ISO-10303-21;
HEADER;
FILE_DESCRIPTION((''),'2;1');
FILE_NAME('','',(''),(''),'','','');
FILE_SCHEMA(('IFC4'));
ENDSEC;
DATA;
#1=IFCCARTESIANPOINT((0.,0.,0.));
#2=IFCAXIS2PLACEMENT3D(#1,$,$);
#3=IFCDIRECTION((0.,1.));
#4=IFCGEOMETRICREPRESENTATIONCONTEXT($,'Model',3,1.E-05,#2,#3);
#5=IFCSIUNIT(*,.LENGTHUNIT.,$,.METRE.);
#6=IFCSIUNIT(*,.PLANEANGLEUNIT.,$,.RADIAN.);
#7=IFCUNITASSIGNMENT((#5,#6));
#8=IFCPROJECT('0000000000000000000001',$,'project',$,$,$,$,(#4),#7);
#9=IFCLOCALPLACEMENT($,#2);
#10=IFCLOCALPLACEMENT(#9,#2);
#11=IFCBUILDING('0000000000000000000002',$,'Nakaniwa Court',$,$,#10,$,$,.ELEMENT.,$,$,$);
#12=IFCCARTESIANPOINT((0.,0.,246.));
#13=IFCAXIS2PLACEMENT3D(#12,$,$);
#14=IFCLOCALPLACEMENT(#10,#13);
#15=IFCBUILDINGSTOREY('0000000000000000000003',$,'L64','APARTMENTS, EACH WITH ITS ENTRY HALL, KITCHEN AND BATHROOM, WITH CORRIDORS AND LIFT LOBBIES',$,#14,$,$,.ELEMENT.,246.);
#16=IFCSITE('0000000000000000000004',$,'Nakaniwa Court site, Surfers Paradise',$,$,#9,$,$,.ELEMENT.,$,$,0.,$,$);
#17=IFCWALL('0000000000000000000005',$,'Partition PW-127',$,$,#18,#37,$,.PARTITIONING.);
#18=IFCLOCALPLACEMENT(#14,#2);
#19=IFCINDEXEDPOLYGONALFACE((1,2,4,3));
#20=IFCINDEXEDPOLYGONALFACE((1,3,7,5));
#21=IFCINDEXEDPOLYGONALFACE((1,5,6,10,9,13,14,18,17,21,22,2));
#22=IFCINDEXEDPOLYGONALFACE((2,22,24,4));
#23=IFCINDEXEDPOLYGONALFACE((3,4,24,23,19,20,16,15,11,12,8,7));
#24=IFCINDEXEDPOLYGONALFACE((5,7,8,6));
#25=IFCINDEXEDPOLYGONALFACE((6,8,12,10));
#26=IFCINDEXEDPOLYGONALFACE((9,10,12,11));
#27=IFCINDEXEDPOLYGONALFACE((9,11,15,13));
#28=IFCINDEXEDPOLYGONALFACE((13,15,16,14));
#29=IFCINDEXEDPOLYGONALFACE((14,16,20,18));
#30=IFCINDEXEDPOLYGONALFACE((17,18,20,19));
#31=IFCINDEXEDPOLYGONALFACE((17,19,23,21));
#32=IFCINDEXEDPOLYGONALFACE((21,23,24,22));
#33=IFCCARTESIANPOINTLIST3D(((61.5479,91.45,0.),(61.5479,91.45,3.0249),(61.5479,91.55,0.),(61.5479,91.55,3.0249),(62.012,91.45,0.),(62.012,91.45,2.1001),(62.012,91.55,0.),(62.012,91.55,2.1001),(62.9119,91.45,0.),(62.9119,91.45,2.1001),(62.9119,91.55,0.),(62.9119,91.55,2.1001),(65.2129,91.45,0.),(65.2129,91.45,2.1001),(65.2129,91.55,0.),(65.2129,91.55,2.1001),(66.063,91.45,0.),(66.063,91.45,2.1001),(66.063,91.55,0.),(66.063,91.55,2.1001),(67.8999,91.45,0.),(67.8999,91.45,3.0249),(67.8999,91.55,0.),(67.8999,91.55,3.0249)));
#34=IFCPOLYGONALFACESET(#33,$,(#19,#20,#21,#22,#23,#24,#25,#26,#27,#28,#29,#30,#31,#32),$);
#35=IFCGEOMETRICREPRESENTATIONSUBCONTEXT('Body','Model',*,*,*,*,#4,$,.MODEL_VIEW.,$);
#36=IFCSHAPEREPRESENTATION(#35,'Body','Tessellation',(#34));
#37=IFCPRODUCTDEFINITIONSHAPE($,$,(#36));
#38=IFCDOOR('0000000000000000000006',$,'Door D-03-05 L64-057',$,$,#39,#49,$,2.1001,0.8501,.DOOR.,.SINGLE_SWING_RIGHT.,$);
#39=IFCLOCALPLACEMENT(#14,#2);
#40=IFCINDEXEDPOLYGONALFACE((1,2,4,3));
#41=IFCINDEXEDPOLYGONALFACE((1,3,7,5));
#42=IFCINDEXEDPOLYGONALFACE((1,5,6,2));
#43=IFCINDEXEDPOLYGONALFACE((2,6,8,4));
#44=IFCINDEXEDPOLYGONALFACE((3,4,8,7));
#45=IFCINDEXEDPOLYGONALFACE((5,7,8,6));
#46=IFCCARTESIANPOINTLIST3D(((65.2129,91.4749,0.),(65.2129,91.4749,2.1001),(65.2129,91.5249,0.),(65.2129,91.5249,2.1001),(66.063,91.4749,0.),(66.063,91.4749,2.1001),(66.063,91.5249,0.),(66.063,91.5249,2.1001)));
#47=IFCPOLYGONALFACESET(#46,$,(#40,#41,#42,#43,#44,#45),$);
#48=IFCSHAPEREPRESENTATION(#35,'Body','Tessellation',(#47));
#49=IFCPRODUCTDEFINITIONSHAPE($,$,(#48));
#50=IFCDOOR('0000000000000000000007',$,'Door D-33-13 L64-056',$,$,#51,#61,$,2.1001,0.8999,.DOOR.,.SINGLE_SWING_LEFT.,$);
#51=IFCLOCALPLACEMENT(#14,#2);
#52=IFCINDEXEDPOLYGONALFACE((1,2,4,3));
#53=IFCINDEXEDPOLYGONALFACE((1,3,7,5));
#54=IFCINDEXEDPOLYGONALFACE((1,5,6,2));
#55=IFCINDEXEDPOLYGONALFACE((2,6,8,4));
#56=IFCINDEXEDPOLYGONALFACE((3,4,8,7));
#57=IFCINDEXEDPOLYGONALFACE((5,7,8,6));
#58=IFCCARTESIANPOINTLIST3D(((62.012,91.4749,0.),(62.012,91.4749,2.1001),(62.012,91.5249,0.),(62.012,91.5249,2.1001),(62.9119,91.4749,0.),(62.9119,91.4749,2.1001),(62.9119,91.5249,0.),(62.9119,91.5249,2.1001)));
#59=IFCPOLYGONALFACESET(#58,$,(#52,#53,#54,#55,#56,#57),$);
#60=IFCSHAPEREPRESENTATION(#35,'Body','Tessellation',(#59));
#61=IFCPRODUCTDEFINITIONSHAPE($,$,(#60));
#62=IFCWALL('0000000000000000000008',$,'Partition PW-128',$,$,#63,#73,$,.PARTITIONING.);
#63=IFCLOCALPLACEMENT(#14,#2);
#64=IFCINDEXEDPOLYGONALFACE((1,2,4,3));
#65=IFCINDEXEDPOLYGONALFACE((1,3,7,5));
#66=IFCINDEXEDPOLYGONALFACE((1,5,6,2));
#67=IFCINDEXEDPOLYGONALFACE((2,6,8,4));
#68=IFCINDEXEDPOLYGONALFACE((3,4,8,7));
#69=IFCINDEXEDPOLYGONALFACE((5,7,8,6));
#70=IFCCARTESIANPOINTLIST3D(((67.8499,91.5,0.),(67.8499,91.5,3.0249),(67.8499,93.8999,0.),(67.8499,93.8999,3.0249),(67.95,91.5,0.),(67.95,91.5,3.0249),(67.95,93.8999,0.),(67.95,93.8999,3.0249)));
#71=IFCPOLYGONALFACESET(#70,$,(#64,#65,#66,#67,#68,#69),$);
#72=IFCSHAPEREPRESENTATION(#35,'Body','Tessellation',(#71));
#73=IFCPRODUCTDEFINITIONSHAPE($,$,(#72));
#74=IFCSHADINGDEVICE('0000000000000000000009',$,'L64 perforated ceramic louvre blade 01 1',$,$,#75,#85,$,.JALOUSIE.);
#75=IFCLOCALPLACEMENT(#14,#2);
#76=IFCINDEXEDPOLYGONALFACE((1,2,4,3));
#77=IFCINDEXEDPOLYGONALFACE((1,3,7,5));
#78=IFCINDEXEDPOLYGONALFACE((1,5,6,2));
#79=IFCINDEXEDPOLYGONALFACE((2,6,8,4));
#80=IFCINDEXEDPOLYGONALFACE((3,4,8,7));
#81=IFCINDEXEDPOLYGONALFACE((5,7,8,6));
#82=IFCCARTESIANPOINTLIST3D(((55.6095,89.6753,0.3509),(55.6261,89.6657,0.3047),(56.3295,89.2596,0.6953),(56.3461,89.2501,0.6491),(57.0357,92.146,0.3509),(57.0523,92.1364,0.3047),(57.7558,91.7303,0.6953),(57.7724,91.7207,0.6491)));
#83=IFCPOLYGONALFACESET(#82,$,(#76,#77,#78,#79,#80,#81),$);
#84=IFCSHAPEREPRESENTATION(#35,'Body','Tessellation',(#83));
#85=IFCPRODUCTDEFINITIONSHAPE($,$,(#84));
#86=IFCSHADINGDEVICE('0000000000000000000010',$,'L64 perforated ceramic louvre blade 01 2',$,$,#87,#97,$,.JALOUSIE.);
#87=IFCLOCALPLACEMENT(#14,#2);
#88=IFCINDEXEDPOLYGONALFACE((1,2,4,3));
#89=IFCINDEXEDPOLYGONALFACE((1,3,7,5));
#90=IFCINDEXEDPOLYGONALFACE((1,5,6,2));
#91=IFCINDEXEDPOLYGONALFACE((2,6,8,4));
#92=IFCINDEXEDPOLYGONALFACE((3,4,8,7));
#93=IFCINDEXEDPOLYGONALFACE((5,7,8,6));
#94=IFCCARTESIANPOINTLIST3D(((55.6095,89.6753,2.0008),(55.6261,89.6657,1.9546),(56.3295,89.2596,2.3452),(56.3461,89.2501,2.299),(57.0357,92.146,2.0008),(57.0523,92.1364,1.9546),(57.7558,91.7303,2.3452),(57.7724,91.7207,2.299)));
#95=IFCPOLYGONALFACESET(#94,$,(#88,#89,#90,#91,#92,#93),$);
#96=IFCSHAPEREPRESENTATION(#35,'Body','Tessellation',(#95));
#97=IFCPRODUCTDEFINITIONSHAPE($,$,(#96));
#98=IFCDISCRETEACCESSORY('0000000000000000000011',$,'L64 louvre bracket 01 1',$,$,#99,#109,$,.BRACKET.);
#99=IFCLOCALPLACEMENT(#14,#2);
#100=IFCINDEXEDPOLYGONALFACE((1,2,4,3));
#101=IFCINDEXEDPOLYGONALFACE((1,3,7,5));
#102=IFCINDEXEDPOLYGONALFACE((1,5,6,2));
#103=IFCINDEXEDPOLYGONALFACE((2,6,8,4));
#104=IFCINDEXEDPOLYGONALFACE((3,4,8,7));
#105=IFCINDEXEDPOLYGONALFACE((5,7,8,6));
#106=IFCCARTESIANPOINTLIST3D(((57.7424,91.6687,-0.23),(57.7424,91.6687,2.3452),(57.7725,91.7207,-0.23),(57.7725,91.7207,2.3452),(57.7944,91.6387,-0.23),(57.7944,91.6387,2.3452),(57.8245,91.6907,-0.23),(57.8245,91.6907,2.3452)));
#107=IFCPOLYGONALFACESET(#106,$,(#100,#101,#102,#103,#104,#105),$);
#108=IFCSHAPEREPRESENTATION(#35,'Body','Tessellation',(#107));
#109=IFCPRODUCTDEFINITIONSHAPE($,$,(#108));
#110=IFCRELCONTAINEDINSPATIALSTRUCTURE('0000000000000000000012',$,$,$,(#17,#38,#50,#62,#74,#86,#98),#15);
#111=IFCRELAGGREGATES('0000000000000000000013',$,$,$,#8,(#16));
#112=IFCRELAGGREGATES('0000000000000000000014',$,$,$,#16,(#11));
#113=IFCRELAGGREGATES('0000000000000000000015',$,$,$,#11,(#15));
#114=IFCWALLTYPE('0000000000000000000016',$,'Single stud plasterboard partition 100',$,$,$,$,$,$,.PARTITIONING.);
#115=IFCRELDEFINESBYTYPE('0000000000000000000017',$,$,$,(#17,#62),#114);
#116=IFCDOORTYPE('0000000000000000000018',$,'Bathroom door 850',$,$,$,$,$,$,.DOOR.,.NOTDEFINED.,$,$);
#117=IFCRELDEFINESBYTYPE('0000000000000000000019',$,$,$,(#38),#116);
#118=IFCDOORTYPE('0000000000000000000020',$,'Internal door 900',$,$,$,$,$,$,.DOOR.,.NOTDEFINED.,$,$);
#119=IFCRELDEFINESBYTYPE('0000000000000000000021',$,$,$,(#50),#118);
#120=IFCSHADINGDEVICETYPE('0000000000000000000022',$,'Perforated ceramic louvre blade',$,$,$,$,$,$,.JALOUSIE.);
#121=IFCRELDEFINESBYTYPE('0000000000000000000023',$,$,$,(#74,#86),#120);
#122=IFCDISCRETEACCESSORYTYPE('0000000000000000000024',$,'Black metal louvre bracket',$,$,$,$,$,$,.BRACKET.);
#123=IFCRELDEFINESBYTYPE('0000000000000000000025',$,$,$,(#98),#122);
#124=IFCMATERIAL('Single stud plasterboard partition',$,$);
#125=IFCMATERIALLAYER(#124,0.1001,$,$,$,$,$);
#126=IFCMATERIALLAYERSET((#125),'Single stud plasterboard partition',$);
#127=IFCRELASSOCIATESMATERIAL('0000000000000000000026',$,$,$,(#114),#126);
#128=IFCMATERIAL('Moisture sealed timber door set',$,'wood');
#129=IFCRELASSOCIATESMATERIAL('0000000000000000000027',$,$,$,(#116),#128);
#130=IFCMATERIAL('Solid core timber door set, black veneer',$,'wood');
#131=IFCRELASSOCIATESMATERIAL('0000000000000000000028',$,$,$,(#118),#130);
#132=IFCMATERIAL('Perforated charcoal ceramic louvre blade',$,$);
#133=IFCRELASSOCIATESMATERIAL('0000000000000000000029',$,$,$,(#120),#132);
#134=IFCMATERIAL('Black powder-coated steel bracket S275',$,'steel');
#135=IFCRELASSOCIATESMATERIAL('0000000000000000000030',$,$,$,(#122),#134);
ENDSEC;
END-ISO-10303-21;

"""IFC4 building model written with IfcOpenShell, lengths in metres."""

from ifc_helpers import new_model, si_unit, direction, frame, frame_2d, origin, origin_2d, place, context, subcontext, project, spatial, rectangle, extrude, material, layer, layer_set, material_profile, profile_set, type_object, element, fill, save


model = new_model("IFC4")

# Units and contexts
model_context = context("Model", 3, precision=1e-05, world=origin(), true_north=direction((0.0, 1.0)))
body_context = subcontext(model_context, "Body", "Model", "MODEL_VIEW")
ifc_project = project(units=[si_unit("LENGTHUNIT", "METRE"), si_unit("PLANEANGLEUNIT", "RADIAN")], contexts=[model_context])

# Site, building, storey
site_placement = place(None, origin())
site = spatial("IfcSite", under=ifc_project, at=site_placement, Name="Nakaniwa Court site, Surfers Paradise", CompositionType="ELEMENT", RefElevation=0.0)
building_placement = place(site_placement, origin())
building = spatial("IfcBuilding", under=site, at=building_placement, Name="Nakaniwa Court", CompositionType="ELEMENT")
storey_placement = place(building_placement, frame((0.0, 0.0, 246.0)))
storey = spatial("IfcBuildingStorey", under=building, at=storey_placement, Name="L64", Description="APARTMENTS, EACH WITH ITS ENTRY HALL, KITCHEN AND BATHROOM, WITH CORRIDORS AND LIFT LOBBIES", CompositionType="ELEMENT", Elevation=246.0)

# Shared definitions
ifc_material_1 = material(Name="Single stud plasterboard partition")
ifc_layer_1 = layer(ifc_material_1, 0.1001)
ifc_layer_set_1 = layer_set([ifc_layer_1], Name="Single stud plasterboard partition")
wall_type_1 = type_object("IfcWallType", Name="Single stud plasterboard partition 100", PredefinedType="PARTITIONING", material=ifc_layer_set_1)

# Wall, openings, doors
wall_1_placement = place(storey_placement, frame((61.5479, 91.5, 0.0), z_axis=(0.0, 0.0, 1.0), x_axis=(1.0, 0.0, 0.0)))
wall_1 = element("IfcWall", 1, at=wall_1_placement, inside=storey, type_object=wall_type_1, Name="Partition PW-127", PredefinedType="PARTITIONING", context=body_context, shape_type="SweptSolid", body=[
    extrude(rectangle(XDim=6.3521, YDim=0.1001, at=frame_2d((3.176, 0.0))), origin(), (0.0, 0.0, 1.0), 3.0249),
])
opening_1_placement = place(wall_1_placement, frame((0.4641, 0.0, 0.0)))
opening_1 = element("IfcOpeningElement", 2, at=opening_1_placement, cuts=wall_1, PredefinedType="OPENING", context=body_context, shape_type="SweptSolid", body=[
    extrude(rectangle(XDim=0.8999, YDim=2.1001, at=frame_2d((0.45, 1.05))), frame((0.0, 0.0601, 0.0), z_axis=(0.0, -1.0, 0.0), x_axis=(1.0, 0.0, 0.0)), (0.0, 0.0, 1.0), 0.1201),
])
opening_2_placement = place(wall_1_placement, frame((3.665, 0.0, 0.0)))
opening_2 = element("IfcOpeningElement", 3, at=opening_2_placement, cuts=wall_1, PredefinedType="OPENING", context=body_context, shape_type="SweptSolid", body=[
    extrude(rectangle(XDim=0.8501, YDim=2.1001, at=frame_2d((0.425, 1.05))), frame((0.0, 0.0601, 0.0), z_axis=(0.0, -1.0, 0.0), x_axis=(1.0, 0.0, 0.0)), (0.0, 0.0, 1.0), 0.1201),
])
ifc_material_2 = material(Name="Moisture sealed timber door set", Category="wood")
door_type_1 = type_object("IfcDoorType", Name="Bathroom door 850", OperationType="NOTDEFINED", PredefinedType="DOOR", material=ifc_material_2)
door_1_placement = place(opening_2_placement, origin())
door_1 = element("IfcDoor", 4, at=door_1_placement, inside=storey, type_object=door_type_1, Name="Door D-03-05 L64-057", OperationType="SINGLE_SWING_RIGHT", OverallHeight=2.1001, OverallWidth=0.8501, PredefinedType="DOOR", context=body_context, shape_type="SweptSolid", body=[
    extrude(rectangle(XDim=0.8501, YDim=2.1001, at=frame_2d((0.425, 1.05))), frame((0.0, 0.0249, 0.0), z_axis=(0.0, -1.0, 0.0), x_axis=(1.0, 0.0, 0.0)), (0.0, 0.0, 1.0), 0.05),
])
fill(opening_2, door_1)
ifc_material_3 = material(Name="Solid core timber door set, black veneer", Category="wood")
door_type_2 = type_object("IfcDoorType", Name="Internal door 900", OperationType="NOTDEFINED", PredefinedType="DOOR", material=ifc_material_3)
door_2_placement = place(opening_1_placement, origin())
door_2 = element("IfcDoor", 5, at=door_2_placement, inside=storey, type_object=door_type_2, Name="Door D-33-13 L64-056", OperationType="SINGLE_SWING_LEFT", OverallHeight=2.1001, OverallWidth=0.8999, PredefinedType="DOOR", context=body_context, shape_type="SweptSolid", body=[
    extrude(rectangle(XDim=0.8999, YDim=2.1001, at=frame_2d((0.45, 1.05))), frame((0.0, 0.0249, 0.0), z_axis=(0.0, -1.0, 0.0), x_axis=(1.0, 0.0, 0.0)), (0.0, 0.0, 1.0), 0.05),
])
fill(opening_1, door_2)

# Wall
wall_2_placement = place(storey_placement, frame((67.8999, 91.5, 0.0), z_axis=(0.0, 0.0, 1.0), x_axis=(0.0, 1.0, 0.0)))
element("IfcWall", 6, at=wall_2_placement, inside=storey, type_object=wall_type_1, Name="Partition PW-128", PredefinedType="PARTITIONING", context=body_context, shape_type="SweptSolid", body=[
    extrude(rectangle(XDim=2.3999, YDim=0.1001, at=frame_2d((1.2, 0.0))), origin(), (0.0, 0.0, 1.0), 3.0249),
])

# Shading devices
ifc_material_4 = material(Name="Perforated charcoal ceramic louvre blade")
ifc_material_profile_1 = material_profile(ifc_material_4, rectangle(XDim=0.8999, YDim=0.05, at=origin_2d()), Name="Perforated ceramic louvre blade")
ifc_profile_set_1 = profile_set([ifc_material_profile_1], Name="Perforated charcoal ceramic louvre blade")
shading_device_type = type_object("IfcShadingDeviceType", Name="Perforated ceramic louvre blade", PredefinedType="JALOUSIE", material=ifc_profile_set_1)
for number, where, z_axis, x_axis, name in (
    (7, (57.4041, 91.9333, 0.5), (-0.49995, -0.866054, 0.0), (0.80013, -0.461893, 0.382683), "L64 perforated ceramic louvre blade 01 1"),
    (8, (57.4041, 91.9333, 2.1499), (-0.49995, -0.866054, 0.0), (0.80013, -0.461893, 0.382683), "L64 perforated ceramic louvre blade 01 2"),
):
    element("IfcShadingDevice", number, at=place(storey_placement, frame(where, z_axis=z_axis, x_axis=x_axis)), inside=storey, type_object=shading_device_type, Name=name, PredefinedType="JALOUSIE", context=body_context, shape_type="SweptSolid", body=[
        extrude(rectangle(XDim=0.8999, YDim=0.05, at=origin_2d()), origin(), (0.0, 0.0, 1.0), 2.8528),
    ])

# Discrete accessory
ifc_material_5 = material(Name="Black powder-coated steel bracket S275", Category="steel")
discrete_accessory_type = type_object("IfcDiscreteAccessoryType", Name="Black metal louvre bracket", PredefinedType="BRACKET", material=ifc_material_5)
discrete_accessory_placement = place(storey_placement, frame((57.7834, 91.6797, -0.23), z_axis=(0.0, 0.0, 1.0), x_axis=(-0.499986, -0.866033, 0.0)))
element("IfcDiscreteAccessory", 9, at=discrete_accessory_placement, inside=storey, type_object=discrete_accessory_type, Name="L64 louvre bracket 01 1", PredefinedType="BRACKET", context=body_context, shape_type="SweptSolid", body=[
    extrude(rectangle(XDim=0.0601, YDim=0.0601, at=origin_2d()), origin(), (0.0, 0.0, 1.0), 2.5752),
])

save(model, "model.ifc")
